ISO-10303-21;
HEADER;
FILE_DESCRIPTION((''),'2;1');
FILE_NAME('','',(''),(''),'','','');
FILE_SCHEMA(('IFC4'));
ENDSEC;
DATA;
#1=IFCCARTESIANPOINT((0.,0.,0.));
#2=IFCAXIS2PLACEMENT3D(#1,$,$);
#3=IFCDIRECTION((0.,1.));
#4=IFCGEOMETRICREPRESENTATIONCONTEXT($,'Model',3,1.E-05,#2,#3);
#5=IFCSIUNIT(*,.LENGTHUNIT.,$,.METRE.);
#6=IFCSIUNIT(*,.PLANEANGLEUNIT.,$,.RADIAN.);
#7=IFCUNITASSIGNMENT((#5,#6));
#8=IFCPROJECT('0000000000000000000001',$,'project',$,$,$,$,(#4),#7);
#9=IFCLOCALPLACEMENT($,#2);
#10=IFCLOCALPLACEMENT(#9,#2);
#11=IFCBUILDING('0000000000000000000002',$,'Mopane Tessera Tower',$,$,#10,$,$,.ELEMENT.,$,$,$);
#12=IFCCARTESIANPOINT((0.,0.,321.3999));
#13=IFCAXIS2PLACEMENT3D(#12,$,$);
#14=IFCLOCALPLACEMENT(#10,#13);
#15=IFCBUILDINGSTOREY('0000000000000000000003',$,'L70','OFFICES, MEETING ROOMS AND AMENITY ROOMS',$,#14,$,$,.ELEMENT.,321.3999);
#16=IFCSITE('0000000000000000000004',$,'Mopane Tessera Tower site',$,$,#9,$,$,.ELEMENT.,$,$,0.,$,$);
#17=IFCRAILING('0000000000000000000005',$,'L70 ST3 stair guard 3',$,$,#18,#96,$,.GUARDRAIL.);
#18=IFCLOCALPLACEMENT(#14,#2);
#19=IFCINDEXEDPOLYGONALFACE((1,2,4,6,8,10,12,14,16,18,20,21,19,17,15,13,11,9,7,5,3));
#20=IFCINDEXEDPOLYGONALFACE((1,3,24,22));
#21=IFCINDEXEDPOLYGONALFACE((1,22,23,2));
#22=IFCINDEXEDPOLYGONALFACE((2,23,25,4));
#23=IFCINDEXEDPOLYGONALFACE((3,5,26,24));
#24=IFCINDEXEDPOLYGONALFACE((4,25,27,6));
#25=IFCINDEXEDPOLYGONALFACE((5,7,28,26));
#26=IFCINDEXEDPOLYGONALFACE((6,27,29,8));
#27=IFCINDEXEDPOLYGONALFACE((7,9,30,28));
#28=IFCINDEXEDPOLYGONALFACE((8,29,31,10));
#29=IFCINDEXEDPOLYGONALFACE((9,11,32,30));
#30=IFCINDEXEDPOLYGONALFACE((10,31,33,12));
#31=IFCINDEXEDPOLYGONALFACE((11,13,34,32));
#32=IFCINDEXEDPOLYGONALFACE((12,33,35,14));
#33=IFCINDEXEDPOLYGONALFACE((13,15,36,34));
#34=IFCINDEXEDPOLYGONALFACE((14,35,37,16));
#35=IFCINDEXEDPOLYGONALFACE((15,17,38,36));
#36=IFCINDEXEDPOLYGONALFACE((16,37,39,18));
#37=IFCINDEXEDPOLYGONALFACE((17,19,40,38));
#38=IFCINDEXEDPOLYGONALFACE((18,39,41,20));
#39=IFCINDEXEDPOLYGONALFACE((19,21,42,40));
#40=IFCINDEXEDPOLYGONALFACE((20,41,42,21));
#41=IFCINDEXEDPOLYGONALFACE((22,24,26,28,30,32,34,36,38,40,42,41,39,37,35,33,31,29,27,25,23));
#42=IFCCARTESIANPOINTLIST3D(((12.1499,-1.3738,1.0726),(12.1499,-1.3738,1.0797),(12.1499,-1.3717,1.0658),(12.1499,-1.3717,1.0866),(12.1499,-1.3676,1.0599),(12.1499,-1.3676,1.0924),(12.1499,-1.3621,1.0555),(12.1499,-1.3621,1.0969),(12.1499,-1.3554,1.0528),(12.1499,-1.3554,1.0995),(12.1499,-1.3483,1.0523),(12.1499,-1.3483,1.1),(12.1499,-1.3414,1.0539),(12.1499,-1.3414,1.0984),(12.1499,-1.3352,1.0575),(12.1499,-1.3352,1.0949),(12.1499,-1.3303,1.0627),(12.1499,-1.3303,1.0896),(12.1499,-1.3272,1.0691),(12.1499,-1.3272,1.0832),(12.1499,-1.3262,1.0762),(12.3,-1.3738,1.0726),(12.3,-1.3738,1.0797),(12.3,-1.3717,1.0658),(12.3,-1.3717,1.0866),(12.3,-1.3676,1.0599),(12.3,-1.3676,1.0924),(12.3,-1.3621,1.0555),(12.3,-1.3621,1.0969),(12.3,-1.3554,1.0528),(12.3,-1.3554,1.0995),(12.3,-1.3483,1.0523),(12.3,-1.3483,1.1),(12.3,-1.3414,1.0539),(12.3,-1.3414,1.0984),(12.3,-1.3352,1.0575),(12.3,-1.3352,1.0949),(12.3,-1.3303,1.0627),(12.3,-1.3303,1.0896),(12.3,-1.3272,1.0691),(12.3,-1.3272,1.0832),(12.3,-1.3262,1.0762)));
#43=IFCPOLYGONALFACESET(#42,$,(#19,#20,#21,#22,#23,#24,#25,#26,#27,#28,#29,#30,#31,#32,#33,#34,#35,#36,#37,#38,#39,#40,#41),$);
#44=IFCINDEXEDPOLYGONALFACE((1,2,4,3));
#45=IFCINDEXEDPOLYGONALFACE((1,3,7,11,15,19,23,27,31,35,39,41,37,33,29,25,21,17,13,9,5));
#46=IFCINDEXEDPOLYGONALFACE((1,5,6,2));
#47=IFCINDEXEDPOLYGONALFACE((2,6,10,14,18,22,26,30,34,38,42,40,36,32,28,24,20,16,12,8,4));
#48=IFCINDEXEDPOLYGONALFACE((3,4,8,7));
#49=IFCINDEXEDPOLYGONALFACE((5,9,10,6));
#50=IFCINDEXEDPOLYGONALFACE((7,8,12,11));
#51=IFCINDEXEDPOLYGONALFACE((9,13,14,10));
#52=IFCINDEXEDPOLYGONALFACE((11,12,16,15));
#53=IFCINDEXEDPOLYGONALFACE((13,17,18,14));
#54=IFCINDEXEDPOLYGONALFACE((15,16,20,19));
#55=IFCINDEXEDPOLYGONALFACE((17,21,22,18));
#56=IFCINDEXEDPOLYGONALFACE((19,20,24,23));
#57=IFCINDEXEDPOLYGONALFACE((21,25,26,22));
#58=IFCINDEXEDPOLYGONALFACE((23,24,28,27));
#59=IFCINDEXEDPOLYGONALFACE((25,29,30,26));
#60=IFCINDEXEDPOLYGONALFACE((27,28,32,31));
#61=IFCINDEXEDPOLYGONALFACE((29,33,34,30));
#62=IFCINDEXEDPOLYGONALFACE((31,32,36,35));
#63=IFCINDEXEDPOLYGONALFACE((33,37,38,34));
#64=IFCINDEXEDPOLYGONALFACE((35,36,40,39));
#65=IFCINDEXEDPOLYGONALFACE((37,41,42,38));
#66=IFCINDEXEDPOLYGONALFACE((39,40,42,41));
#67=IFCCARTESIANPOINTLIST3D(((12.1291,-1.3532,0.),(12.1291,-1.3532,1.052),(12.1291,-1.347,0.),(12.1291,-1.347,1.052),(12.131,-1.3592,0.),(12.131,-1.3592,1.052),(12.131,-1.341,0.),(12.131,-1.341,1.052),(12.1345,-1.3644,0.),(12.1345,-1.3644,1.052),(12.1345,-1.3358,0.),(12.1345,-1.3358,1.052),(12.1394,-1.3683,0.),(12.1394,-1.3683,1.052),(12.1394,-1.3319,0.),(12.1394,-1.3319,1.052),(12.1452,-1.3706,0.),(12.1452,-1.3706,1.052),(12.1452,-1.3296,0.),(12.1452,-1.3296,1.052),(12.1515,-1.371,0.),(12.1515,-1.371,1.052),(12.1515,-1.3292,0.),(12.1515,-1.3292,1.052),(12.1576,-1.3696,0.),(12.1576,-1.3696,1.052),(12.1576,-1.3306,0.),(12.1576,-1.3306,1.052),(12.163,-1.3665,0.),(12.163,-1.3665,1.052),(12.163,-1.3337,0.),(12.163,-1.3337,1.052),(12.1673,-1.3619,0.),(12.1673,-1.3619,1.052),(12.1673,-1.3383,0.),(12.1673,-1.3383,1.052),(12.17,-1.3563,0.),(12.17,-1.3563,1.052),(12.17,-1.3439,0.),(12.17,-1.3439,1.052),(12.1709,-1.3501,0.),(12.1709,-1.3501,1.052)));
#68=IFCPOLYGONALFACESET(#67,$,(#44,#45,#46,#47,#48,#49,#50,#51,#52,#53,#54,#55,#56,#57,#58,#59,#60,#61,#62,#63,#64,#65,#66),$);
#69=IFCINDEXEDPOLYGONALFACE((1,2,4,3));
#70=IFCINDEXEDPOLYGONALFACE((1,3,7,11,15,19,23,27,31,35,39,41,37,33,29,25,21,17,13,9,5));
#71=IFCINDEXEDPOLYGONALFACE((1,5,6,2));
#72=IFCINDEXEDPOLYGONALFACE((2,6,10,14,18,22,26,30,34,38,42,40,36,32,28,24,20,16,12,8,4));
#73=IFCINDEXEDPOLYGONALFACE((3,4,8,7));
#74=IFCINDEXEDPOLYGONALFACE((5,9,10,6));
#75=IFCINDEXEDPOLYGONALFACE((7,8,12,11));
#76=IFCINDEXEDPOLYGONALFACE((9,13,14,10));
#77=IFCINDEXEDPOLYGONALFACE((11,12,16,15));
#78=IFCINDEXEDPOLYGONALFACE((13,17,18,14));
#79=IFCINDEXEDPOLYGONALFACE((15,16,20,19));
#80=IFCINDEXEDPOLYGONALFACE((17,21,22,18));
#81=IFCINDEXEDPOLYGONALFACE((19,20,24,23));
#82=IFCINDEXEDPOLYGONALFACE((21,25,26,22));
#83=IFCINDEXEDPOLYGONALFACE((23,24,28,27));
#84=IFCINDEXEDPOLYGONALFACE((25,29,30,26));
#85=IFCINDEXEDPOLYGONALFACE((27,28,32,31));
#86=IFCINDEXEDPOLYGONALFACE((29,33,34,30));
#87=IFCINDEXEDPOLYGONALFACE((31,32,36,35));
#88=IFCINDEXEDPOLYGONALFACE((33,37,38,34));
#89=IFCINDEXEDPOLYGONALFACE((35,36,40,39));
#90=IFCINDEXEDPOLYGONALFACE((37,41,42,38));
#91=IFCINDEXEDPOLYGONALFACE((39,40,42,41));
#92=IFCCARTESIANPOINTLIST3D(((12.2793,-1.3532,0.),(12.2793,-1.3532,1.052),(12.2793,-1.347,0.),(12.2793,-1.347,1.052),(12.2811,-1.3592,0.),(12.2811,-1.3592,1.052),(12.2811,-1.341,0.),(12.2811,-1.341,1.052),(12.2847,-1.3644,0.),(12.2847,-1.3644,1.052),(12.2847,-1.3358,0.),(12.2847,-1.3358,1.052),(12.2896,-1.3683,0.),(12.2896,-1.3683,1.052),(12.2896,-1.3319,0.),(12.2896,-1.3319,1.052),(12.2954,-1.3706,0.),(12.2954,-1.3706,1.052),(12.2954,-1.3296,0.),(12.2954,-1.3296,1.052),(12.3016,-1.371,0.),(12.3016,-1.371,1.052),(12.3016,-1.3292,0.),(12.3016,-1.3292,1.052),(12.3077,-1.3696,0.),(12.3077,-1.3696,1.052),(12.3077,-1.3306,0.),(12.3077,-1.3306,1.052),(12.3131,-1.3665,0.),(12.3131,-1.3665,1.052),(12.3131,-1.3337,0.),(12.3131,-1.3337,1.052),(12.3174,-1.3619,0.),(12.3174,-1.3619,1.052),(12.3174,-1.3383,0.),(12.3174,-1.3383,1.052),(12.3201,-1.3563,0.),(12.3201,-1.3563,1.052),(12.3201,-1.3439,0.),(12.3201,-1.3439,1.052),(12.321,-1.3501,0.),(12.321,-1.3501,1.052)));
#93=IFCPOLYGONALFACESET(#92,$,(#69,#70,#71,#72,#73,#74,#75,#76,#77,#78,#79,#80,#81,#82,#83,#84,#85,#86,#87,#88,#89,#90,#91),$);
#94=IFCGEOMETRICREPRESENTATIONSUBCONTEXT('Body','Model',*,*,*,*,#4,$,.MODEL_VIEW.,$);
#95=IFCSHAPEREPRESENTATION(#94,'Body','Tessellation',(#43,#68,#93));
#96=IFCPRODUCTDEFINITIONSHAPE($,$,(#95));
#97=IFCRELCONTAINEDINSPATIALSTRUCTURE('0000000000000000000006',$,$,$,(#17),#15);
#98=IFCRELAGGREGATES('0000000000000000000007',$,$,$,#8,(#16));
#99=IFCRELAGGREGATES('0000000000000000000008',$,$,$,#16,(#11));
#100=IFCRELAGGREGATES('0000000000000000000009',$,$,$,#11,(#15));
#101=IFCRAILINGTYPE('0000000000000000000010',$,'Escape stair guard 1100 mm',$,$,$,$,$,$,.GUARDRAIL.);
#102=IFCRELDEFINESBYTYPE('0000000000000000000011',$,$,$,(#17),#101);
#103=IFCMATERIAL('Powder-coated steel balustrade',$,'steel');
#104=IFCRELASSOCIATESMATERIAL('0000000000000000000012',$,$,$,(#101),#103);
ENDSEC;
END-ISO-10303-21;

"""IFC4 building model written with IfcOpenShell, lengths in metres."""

from ifc_helpers import new_model, si_unit, direction, frame, origin, origin_2d, place, context, subcontext, project, spatial, circle, extrude, material, type_object, element, save


model = new_model("IFC4")

# Units and contexts
model_context = context("Model", 3, precision=1e-05, world=origin(), true_north=direction((0.0, 1.0)))
body_context = subcontext(model_context, "Body", "Model", "MODEL_VIEW")
ifc_project = project(units=[si_unit("LENGTHUNIT", "METRE"), si_unit("PLANEANGLEUNIT", "RADIAN")], contexts=[model_context])

# Site, building, storey
site_placement = place(None, origin())
site = spatial("IfcSite", under=ifc_project, at=site_placement, Name="Mopane Tessera Tower site", CompositionType="ELEMENT", RefElevation=0.0)
building_placement = place(site_placement, origin())
building = spatial("IfcBuilding", under=site, at=building_placement, Name="Mopane Tessera Tower", CompositionType="ELEMENT")
storey_placement = place(building_placement, frame((0.0, 0.0, 321.3999)))
storey = spatial("IfcBuildingStorey", under=building, at=storey_placement, Name="L70", Description="OFFICES, MEETING ROOMS AND AMENITY ROOMS", CompositionType="ELEMENT", Elevation=321.3999)

# Railing
ifc_material_1 = material(Name="Powder-coated steel balustrade", Category="steel")
railing_type_1 = type_object("IfcRailingType", Name="Escape stair guard 1100 mm", PredefinedType="GUARDRAIL", material=ifc_material_1)
railing_1_placement = place(storey_placement, frame((12.1499, -1.3501, 0.0)))
element("IfcRailing", 1, at=railing_1_placement, inside=storey, type_object=railing_type_1, Name="L70 ST3 stair guard 3", PredefinedType="GUARDRAIL", context=body_context, shape_type="SweptSolid", body=[
    extrude(circle(Radius=0.0239, at=origin_2d()), frame((0.0, 0.0, 1.0762), z_axis=(1.0, 0.0, 0.0), x_axis=(0.0, 1.0, 0.0)), (0.0, 0.0, 1.0), 0.1501),
    extrude(circle(Radius=0.021, at=origin_2d()), origin(), (0.0, 0.0, 1.0), 1.052),
    extrude(circle(Radius=0.021, at=origin_2d()), frame((0.1501, 0.0, 0.0)), (0.0, 0.0, 1.0), 1.052),
])

save(model, "model.ifc")
